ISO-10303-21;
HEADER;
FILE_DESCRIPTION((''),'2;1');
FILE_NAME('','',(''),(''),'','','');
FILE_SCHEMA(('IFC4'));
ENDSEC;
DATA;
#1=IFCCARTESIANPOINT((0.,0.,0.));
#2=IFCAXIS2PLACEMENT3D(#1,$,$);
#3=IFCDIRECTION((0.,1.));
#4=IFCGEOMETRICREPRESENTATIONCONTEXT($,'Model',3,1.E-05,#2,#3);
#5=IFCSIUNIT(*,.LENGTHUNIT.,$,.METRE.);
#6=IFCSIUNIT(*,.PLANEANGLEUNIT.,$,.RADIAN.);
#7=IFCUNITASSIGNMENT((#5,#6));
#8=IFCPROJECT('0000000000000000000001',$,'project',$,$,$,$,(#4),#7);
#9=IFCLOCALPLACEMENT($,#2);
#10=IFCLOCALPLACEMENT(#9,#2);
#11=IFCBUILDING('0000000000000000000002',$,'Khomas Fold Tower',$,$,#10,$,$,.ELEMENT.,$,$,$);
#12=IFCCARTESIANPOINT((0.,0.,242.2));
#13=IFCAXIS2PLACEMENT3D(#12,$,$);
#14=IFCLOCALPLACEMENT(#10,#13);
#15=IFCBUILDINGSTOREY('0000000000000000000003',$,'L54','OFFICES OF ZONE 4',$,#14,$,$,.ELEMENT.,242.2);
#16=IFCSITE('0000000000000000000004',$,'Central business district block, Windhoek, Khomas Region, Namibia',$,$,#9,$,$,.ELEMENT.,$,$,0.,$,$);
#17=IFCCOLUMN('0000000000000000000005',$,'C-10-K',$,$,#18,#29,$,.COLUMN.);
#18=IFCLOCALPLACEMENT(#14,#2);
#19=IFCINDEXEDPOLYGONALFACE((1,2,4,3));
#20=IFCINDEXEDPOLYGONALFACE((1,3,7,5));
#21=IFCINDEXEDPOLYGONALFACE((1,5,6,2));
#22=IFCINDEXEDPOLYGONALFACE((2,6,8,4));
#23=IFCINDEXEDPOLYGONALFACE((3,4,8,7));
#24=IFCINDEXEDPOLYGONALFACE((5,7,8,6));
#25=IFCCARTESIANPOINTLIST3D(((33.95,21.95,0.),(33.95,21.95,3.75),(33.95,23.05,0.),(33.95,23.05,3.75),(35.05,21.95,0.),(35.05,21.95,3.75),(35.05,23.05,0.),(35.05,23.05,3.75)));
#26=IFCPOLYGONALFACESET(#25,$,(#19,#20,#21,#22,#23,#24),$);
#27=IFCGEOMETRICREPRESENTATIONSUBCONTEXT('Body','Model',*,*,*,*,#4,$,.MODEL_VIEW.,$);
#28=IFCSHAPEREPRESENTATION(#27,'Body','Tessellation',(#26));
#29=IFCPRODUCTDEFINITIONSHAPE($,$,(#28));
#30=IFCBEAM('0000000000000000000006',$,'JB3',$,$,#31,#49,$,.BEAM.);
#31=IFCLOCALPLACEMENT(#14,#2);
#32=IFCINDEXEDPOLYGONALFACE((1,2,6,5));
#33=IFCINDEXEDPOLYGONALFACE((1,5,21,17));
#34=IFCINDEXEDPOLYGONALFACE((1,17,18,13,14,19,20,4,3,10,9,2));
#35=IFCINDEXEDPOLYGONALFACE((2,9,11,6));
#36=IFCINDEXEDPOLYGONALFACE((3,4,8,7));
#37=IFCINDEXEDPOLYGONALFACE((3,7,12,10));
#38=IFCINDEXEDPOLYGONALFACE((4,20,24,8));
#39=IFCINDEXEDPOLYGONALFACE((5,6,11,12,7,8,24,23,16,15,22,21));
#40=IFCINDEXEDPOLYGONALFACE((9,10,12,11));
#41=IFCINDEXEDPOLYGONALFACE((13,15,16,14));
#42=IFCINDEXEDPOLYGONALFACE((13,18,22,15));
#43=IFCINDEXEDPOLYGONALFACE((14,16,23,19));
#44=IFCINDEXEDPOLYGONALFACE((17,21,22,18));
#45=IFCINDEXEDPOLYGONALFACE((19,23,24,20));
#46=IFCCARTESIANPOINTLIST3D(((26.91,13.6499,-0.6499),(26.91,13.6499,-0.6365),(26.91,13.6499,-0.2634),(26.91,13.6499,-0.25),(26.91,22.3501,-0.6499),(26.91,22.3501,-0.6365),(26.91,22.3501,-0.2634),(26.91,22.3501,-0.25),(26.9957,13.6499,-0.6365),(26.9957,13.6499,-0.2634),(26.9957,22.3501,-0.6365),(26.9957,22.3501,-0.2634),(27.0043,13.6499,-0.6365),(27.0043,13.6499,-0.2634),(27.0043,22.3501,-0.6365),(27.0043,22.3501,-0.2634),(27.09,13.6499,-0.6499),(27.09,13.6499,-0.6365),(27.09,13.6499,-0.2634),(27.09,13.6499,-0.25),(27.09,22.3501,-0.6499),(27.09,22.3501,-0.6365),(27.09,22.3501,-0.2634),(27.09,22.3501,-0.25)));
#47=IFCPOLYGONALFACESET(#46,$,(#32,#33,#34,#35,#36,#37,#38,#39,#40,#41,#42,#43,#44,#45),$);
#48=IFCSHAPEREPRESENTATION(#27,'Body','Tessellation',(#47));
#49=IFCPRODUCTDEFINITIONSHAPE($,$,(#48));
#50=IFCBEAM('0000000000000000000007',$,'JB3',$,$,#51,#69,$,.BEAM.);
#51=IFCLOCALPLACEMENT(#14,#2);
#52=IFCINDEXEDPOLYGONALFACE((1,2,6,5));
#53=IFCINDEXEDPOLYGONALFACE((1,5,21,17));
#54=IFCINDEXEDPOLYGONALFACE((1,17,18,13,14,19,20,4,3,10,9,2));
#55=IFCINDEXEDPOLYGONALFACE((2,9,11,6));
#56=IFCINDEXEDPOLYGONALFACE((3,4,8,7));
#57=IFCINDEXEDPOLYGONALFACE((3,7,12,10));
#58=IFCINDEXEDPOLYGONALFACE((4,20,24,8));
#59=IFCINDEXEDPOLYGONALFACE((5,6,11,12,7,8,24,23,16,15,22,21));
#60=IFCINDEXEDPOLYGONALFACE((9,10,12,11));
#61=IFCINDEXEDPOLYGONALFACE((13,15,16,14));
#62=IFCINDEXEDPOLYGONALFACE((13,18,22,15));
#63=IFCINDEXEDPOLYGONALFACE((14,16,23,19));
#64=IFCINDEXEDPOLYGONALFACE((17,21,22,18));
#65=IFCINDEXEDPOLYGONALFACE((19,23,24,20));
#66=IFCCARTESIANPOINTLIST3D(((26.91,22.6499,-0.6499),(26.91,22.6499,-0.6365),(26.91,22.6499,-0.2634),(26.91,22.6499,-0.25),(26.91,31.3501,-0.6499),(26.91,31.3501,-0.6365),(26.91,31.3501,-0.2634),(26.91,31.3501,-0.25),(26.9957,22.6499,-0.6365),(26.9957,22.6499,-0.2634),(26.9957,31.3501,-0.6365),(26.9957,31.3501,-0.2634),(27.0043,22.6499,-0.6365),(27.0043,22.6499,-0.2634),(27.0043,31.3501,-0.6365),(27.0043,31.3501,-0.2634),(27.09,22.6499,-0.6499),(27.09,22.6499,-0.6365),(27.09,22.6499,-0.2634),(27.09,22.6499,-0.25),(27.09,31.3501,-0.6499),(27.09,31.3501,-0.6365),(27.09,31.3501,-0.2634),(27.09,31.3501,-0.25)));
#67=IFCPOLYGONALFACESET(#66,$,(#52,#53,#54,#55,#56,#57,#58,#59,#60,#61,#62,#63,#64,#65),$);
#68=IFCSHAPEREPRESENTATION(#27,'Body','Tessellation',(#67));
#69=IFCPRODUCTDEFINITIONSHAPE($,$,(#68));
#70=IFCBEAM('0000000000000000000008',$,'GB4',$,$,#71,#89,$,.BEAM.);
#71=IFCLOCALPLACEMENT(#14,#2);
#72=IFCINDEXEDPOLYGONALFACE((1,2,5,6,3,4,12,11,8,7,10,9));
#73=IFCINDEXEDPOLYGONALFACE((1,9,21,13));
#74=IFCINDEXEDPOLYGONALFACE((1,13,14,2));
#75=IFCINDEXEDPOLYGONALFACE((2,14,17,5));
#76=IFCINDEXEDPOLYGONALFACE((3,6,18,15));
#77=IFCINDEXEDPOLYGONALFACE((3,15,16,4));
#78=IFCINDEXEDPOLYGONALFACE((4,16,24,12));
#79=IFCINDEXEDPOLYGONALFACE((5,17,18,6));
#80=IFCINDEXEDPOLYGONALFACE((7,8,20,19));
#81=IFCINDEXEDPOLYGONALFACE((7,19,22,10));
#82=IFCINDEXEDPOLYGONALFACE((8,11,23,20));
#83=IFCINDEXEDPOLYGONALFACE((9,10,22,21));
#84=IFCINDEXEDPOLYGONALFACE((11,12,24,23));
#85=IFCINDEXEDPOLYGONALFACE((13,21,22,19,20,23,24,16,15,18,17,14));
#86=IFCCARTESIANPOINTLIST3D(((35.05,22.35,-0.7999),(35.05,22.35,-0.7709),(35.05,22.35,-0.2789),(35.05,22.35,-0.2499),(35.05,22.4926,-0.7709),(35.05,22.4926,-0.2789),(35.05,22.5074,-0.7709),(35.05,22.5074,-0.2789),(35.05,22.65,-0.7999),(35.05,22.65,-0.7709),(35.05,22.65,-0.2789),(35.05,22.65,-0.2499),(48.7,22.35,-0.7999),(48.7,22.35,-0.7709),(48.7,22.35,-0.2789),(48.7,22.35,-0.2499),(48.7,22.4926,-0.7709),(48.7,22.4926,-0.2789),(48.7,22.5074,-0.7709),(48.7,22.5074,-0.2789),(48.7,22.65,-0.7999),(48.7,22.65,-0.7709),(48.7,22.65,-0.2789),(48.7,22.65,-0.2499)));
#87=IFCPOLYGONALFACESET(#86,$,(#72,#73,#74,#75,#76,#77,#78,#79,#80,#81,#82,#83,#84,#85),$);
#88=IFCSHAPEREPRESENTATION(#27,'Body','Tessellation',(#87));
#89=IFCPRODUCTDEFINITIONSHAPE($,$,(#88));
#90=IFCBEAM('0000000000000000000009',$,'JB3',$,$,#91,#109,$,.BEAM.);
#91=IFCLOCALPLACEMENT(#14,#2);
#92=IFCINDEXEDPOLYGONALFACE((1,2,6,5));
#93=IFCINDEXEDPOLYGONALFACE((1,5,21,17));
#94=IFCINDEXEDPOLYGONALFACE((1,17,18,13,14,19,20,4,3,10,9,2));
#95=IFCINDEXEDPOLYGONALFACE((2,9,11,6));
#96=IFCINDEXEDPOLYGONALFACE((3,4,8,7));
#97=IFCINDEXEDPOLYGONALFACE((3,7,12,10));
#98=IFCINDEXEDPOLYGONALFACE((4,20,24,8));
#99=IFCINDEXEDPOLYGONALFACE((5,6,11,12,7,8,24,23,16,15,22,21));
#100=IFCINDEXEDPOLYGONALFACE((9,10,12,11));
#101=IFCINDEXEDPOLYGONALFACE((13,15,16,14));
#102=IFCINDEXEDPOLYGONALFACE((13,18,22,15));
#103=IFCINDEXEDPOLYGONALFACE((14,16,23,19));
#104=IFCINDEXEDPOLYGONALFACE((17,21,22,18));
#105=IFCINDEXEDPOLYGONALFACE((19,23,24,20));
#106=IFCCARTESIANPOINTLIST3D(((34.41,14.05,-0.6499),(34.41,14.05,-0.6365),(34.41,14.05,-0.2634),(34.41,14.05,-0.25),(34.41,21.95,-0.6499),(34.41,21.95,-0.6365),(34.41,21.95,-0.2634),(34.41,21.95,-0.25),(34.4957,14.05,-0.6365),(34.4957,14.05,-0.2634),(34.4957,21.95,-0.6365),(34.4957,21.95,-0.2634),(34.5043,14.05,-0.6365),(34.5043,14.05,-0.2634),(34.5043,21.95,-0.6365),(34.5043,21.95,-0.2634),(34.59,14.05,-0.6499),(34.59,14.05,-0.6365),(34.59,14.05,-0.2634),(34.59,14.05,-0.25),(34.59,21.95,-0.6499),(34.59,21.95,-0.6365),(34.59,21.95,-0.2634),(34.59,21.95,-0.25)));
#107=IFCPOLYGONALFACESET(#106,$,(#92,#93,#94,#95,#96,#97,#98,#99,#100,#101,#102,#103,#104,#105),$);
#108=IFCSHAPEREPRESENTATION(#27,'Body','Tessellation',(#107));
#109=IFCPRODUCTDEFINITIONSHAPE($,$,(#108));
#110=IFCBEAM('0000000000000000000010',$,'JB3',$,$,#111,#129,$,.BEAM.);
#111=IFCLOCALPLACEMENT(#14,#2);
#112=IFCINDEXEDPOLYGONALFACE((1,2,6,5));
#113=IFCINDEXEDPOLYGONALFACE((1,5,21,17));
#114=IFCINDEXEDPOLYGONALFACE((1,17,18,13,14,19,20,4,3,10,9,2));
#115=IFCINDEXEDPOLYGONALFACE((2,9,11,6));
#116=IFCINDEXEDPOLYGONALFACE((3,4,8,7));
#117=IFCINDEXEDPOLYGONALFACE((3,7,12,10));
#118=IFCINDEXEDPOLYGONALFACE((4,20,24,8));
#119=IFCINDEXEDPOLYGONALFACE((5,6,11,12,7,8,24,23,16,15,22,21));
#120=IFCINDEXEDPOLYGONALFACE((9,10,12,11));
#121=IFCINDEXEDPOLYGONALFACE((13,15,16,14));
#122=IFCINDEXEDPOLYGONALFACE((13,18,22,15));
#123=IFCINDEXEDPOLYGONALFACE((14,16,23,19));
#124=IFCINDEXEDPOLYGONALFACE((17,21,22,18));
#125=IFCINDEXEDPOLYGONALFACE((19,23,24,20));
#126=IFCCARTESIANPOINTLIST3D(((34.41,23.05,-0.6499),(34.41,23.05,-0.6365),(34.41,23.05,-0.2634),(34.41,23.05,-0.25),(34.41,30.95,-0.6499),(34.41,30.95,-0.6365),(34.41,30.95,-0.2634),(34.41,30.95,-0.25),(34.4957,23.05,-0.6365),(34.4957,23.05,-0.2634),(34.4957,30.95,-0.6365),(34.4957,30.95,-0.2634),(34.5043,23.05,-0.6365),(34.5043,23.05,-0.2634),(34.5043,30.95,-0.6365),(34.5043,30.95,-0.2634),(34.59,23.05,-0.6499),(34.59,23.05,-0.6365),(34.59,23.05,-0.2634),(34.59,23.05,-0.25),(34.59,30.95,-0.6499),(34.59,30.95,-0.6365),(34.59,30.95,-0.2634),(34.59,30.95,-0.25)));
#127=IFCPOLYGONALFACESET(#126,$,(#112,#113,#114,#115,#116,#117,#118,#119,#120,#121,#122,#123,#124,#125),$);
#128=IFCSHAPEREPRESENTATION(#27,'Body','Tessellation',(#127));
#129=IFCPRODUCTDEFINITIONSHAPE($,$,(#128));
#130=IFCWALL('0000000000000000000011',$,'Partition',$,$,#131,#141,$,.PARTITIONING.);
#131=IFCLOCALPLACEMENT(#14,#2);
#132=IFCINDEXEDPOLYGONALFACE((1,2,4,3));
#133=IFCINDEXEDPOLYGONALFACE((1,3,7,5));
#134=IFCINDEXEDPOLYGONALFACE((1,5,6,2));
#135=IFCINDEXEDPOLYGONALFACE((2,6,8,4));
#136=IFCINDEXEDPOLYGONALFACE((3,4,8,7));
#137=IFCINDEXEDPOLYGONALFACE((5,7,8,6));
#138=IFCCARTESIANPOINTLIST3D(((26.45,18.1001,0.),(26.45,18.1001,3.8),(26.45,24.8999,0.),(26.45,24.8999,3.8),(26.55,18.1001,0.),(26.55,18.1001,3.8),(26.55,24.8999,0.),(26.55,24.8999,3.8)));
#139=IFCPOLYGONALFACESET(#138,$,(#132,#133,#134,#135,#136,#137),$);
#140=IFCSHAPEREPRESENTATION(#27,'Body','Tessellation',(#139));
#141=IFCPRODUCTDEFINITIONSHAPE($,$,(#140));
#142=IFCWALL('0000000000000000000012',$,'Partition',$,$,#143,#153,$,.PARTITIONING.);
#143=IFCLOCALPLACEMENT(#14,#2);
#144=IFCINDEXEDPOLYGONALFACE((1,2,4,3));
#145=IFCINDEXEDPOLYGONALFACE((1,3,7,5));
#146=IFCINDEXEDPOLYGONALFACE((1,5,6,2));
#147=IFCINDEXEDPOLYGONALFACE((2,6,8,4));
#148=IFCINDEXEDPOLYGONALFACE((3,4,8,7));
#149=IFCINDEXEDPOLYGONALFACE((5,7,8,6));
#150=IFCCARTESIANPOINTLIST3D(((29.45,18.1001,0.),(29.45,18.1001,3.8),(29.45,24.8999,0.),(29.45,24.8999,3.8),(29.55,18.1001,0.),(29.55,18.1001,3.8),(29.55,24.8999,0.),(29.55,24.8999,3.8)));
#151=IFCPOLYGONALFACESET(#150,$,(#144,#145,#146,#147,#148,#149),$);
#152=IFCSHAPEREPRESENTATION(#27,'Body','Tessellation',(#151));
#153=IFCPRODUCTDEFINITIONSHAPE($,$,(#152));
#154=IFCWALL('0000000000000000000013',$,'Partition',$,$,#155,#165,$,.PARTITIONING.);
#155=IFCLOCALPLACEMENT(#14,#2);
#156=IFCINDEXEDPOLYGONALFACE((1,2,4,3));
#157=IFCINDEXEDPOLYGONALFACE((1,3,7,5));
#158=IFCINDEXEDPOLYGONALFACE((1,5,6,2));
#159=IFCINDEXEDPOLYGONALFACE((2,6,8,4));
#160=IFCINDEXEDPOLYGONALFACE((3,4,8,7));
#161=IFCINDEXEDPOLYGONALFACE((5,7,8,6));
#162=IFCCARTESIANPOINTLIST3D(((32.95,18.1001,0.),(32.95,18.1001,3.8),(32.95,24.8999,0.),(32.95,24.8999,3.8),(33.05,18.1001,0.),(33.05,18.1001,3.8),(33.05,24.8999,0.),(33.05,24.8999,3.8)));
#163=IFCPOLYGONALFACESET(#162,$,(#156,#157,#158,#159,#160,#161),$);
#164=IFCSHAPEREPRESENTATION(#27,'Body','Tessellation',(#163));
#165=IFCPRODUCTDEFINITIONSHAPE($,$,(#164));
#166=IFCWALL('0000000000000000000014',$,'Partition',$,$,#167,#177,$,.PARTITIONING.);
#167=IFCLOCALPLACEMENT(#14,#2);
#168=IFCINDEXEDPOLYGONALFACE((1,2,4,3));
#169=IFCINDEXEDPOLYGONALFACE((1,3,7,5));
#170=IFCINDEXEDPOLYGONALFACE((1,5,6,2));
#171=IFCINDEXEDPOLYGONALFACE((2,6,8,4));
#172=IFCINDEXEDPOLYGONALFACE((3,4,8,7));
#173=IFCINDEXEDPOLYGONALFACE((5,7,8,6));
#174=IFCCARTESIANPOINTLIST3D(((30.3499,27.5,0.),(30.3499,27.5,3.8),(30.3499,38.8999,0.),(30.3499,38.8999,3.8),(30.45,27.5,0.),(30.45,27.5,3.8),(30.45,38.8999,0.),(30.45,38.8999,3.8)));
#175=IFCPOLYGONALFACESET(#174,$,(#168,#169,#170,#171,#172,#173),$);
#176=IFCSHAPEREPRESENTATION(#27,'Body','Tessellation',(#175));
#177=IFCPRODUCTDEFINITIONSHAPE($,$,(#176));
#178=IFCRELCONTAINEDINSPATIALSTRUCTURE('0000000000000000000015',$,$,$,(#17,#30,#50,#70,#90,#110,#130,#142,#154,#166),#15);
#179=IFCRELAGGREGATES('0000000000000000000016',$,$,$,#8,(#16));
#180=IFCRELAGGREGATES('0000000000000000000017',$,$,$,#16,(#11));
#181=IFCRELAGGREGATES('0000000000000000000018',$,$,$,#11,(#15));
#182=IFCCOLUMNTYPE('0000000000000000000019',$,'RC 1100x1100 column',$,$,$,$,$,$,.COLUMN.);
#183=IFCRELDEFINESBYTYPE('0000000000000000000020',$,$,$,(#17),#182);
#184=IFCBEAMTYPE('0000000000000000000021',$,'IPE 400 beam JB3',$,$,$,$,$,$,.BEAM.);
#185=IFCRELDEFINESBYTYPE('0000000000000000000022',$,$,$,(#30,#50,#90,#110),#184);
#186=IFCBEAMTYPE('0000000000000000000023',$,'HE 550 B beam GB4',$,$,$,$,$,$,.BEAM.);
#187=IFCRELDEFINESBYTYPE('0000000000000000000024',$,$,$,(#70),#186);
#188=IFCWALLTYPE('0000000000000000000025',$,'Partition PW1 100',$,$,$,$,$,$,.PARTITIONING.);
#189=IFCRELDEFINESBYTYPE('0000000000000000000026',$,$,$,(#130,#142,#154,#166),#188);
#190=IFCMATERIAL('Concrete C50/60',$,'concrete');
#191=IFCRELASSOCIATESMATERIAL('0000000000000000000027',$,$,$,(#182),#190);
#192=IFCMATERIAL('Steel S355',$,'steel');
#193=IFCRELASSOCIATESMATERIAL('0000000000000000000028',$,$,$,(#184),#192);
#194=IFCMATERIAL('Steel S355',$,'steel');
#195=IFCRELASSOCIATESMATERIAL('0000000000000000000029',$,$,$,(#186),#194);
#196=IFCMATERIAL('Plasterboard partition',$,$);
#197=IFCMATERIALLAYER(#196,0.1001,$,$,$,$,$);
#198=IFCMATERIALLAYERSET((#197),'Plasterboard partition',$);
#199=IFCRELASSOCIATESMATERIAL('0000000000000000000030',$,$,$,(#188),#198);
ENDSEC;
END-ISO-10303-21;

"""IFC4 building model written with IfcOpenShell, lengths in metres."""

from ifc_helpers import new_model, si_unit, direction, frame, frame_2d, origin, origin_2d, place, context, subcontext, project, spatial, rectangle, i_section, extrude, source, transform, mapped, material, layer, layer_set, material_profile, profile_set, type_object, element, save


model = new_model("IFC4")

# Units and contexts
model_context = context("Model", 3, precision=1e-05, world=origin(), true_north=direction((0.0, 1.0)))
body_context = subcontext(model_context, "Body", "Model", "MODEL_VIEW")
ifc_project = project(units=[si_unit("LENGTHUNIT", "METRE"), si_unit("PLANEANGLEUNIT", "RADIAN")], contexts=[model_context])

# Site, building, storey
site_placement = place(None, origin())
site = spatial("IfcSite", under=ifc_project, at=site_placement, Name="Central business district block, Windhoek, Khomas Region, Namibia", CompositionType="ELEMENT", RefElevation=0.0)
building_placement = place(site_placement, origin())
building = spatial("IfcBuilding", under=site, at=building_placement, Name="Khomas Fold Tower", CompositionType="ELEMENT")
storey_placement = place(building_placement, frame((0.0, 0.0, 242.2)))
storey = spatial("IfcBuildingStorey", under=building, at=storey_placement, Name="L54", Description="OFFICES OF ZONE 4", CompositionType="ELEMENT", Elevation=242.2)

# Column
ifc_material_1 = material(Name="Concrete C50/60", Category="concrete")
ifc_material_profile_1 = material_profile(ifc_material_1, rectangle(XDim=1.1001, YDim=1.1001, at=origin_2d()), Name="RC 1100x1100")
ifc_profile_set_1 = profile_set([ifc_material_profile_1], Name="Concrete C50/60")
column_type = type_object("IfcColumnType", Name="RC 1100x1100 column", PredefinedType="COLUMN", material=ifc_profile_set_1)
shared_shape_1 = source(origin(), body_context, "Body", "SweptSolid", [
    extrude(rectangle(XDim=1.1001, YDim=1.1001, at=origin_2d()), origin(), (0.0, 0.0, 1.0), 3.75),
])
column_placement = place(storey_placement, frame((34.5, 22.5, 0.0), z_axis=(0.0, 0.0, 1.0), x_axis=(1.0, 0.0, 0.0)))
element("IfcColumn", 1, at=column_placement, inside=storey, type_object=column_type, Name="C-10-K", PredefinedType="COLUMN", context=body_context, shape_type="MappedRepresentation", body=[
    mapped(shared_shape_1, transform((0.0, 0.0, 0.0))),
])

# Beams
ifc_material_2 = material(Name="Steel S355", Category="steel")
ifc_material_profile_2 = material_profile(ifc_material_2, i_section(OverallWidth=0.1799, OverallDepth=0.3999, WebThickness=0.0085, FlangeThickness=0.0134, at=origin_2d()), Name="IPE 400")
ifc_profile_set_2 = profile_set([ifc_material_profile_2], Name="Steel S355")
beam_type_1 = type_object("IfcBeamType", Name="IPE 400 beam JB3", PredefinedType="BEAM", material=ifc_profile_set_2)
shared_shape_2 = source(origin(), body_context, "Body", "SweptSolid", [
    extrude(i_section(OverallWidth=0.1799, OverallDepth=0.3999, WebThickness=0.0085, FlangeThickness=0.0134, at=origin_2d()), origin(), (0.0, 0.0, 1.0), 8.7002),
])
for number, where, z_axis, x_axis, name in (
    (2, (27.0, 13.6499, -0.45), (0.0, 1.0, 0.0), (-1.0, 0.0, 0.0), "JB3"),
    (3, (27.0, 22.6499, -0.45), (0.0, 1.0, 0.0), (-1.0, 0.0, 0.0), "JB3"),
):
    element("IfcBeam", number, at=place(storey_placement, frame(where, z_axis=z_axis, x_axis=x_axis)), inside=storey, type_object=beam_type_1, Name=name, PredefinedType="BEAM", context=body_context, shape_type="MappedRepresentation", body=[
        mapped(shared_shape_2, transform((0.0, 0.0, 0.0))),
    ])
ifc_material_3 = material(Name="Steel S355", Category="steel")
ifc_material_profile_3 = material_profile(ifc_material_3, i_section(OverallWidth=0.3, OverallDepth=0.55, WebThickness=0.0149, FlangeThickness=0.0291, at=origin_2d()), Name="HE 550 B")
ifc_profile_set_3 = profile_set([ifc_material_profile_3], Name="Steel S355")
beam_type_2 = type_object("IfcBeamType", Name="HE 550 B beam GB4", PredefinedType="BEAM", material=ifc_profile_set_3)
shared_shape_3 = source(origin(), body_context, "Body", "SweptSolid", [
    extrude(i_section(OverallWidth=0.3, OverallDepth=0.55, WebThickness=0.0149, FlangeThickness=0.0291, at=origin_2d()), origin(), (0.0, 0.0, 1.0), 13.6499),
])
beam_placement = place(storey_placement, frame((35.05, 22.5, -0.5249), z_axis=(1.0, 0.0, 0.0), x_axis=(0.0, 1.0, 0.0)))
element("IfcBeam", 4, at=beam_placement, inside=storey, type_object=beam_type_2, Name="GB4", PredefinedType="BEAM", context=body_context, shape_type="MappedRepresentation", body=[
    mapped(shared_shape_3, transform((0.0, 0.0, 0.0))),
])
shared_shape_4 = source(origin(), body_context, "Body", "SweptSolid", [
    extrude(i_section(OverallWidth=0.1799, OverallDepth=0.3999, WebThickness=0.0085, FlangeThickness=0.0134, at=origin_2d()), origin(), (0.0, 0.0, 1.0), 7.8999),
])
for number, where, z_axis, x_axis, name in (
    (5, (34.5, 14.05, -0.45), (0.0, 1.0, 0.0), (-1.0, 0.0, 0.0), "JB3"),
    (6, (34.5, 23.05, -0.45), (0.0, 1.0, 0.0), (-1.0, 0.0, 0.0), "JB3"),
):
    element("IfcBeam", number, at=place(storey_placement, frame(where, z_axis=z_axis, x_axis=x_axis)), inside=storey, type_object=beam_type_1, Name=name, PredefinedType="BEAM", context=body_context, shape_type="MappedRepresentation", body=[
        mapped(shared_shape_4, transform((0.0, 0.0, 0.0))),
    ])

# Walls
ifc_material_4 = material(Name="Plasterboard partition")
ifc_layer = layer(ifc_material_4, 0.1001)
ifc_layer_set = layer_set([ifc_layer], Name="Plasterboard partition")
wall_type = type_object("IfcWallType", Name="Partition PW1 100", PredefinedType="PARTITIONING", material=ifc_layer_set)
shared_shape_5 = source(origin(), body_context, "Body", "SweptSolid", [
    extrude(rectangle(XDim=6.7998, YDim=0.1001, at=frame_2d((3.3999, 0.0))), origin(), (0.0, 0.0, 1.0), 3.8),
])
for number, where, z_axis, x_axis, name in (
    (7, (26.5, 18.1001, 0.0), (0.0, 0.0, 1.0), (0.0, 1.0, 0.0), "Partition"),
    (8, (29.5, 18.1001, 0.0), (0.0, 0.0, 1.0), (0.0, 1.0, 0.0), "Partition"),
    (9, (33.0, 18.1001, 0.0), (0.0, 0.0, 1.0), (0.0, 1.0, 0.0), "Partition"),
):
    element("IfcWall", number, at=place(storey_placement, frame(where, z_axis=z_axis, x_axis=x_axis)), inside=storey, type_object=wall_type, Name=name, PredefinedType="PARTITIONING", context=body_context, shape_type="MappedRepresentation", body=[
        mapped(shared_shape_5, transform((0.0, 0.0, 0.0))),
    ])
shared_shape_6 = source(origin(), body_context, "Body", "SweptSolid", [
    extrude(rectangle(XDim=11.3999, YDim=0.1001, at=frame_2d((5.7, 0.0))), origin(), (0.0, 0.0, 1.0), 3.8),
])
wall_placement = place(storey_placement, frame((30.3999, 27.5, 0.0), z_axis=(0.0, 0.0, 1.0), x_axis=(0.0, 1.0, 0.0)))
element("IfcWall", 10, at=wall_placement, inside=storey, type_object=wall_type, Name="Partition", PredefinedType="PARTITIONING", context=body_context, shape_type="MappedRepresentation", body=[
    mapped(shared_shape_6, transform((0.0, 0.0, 0.0))),
])

save(model, "model.ifc")
